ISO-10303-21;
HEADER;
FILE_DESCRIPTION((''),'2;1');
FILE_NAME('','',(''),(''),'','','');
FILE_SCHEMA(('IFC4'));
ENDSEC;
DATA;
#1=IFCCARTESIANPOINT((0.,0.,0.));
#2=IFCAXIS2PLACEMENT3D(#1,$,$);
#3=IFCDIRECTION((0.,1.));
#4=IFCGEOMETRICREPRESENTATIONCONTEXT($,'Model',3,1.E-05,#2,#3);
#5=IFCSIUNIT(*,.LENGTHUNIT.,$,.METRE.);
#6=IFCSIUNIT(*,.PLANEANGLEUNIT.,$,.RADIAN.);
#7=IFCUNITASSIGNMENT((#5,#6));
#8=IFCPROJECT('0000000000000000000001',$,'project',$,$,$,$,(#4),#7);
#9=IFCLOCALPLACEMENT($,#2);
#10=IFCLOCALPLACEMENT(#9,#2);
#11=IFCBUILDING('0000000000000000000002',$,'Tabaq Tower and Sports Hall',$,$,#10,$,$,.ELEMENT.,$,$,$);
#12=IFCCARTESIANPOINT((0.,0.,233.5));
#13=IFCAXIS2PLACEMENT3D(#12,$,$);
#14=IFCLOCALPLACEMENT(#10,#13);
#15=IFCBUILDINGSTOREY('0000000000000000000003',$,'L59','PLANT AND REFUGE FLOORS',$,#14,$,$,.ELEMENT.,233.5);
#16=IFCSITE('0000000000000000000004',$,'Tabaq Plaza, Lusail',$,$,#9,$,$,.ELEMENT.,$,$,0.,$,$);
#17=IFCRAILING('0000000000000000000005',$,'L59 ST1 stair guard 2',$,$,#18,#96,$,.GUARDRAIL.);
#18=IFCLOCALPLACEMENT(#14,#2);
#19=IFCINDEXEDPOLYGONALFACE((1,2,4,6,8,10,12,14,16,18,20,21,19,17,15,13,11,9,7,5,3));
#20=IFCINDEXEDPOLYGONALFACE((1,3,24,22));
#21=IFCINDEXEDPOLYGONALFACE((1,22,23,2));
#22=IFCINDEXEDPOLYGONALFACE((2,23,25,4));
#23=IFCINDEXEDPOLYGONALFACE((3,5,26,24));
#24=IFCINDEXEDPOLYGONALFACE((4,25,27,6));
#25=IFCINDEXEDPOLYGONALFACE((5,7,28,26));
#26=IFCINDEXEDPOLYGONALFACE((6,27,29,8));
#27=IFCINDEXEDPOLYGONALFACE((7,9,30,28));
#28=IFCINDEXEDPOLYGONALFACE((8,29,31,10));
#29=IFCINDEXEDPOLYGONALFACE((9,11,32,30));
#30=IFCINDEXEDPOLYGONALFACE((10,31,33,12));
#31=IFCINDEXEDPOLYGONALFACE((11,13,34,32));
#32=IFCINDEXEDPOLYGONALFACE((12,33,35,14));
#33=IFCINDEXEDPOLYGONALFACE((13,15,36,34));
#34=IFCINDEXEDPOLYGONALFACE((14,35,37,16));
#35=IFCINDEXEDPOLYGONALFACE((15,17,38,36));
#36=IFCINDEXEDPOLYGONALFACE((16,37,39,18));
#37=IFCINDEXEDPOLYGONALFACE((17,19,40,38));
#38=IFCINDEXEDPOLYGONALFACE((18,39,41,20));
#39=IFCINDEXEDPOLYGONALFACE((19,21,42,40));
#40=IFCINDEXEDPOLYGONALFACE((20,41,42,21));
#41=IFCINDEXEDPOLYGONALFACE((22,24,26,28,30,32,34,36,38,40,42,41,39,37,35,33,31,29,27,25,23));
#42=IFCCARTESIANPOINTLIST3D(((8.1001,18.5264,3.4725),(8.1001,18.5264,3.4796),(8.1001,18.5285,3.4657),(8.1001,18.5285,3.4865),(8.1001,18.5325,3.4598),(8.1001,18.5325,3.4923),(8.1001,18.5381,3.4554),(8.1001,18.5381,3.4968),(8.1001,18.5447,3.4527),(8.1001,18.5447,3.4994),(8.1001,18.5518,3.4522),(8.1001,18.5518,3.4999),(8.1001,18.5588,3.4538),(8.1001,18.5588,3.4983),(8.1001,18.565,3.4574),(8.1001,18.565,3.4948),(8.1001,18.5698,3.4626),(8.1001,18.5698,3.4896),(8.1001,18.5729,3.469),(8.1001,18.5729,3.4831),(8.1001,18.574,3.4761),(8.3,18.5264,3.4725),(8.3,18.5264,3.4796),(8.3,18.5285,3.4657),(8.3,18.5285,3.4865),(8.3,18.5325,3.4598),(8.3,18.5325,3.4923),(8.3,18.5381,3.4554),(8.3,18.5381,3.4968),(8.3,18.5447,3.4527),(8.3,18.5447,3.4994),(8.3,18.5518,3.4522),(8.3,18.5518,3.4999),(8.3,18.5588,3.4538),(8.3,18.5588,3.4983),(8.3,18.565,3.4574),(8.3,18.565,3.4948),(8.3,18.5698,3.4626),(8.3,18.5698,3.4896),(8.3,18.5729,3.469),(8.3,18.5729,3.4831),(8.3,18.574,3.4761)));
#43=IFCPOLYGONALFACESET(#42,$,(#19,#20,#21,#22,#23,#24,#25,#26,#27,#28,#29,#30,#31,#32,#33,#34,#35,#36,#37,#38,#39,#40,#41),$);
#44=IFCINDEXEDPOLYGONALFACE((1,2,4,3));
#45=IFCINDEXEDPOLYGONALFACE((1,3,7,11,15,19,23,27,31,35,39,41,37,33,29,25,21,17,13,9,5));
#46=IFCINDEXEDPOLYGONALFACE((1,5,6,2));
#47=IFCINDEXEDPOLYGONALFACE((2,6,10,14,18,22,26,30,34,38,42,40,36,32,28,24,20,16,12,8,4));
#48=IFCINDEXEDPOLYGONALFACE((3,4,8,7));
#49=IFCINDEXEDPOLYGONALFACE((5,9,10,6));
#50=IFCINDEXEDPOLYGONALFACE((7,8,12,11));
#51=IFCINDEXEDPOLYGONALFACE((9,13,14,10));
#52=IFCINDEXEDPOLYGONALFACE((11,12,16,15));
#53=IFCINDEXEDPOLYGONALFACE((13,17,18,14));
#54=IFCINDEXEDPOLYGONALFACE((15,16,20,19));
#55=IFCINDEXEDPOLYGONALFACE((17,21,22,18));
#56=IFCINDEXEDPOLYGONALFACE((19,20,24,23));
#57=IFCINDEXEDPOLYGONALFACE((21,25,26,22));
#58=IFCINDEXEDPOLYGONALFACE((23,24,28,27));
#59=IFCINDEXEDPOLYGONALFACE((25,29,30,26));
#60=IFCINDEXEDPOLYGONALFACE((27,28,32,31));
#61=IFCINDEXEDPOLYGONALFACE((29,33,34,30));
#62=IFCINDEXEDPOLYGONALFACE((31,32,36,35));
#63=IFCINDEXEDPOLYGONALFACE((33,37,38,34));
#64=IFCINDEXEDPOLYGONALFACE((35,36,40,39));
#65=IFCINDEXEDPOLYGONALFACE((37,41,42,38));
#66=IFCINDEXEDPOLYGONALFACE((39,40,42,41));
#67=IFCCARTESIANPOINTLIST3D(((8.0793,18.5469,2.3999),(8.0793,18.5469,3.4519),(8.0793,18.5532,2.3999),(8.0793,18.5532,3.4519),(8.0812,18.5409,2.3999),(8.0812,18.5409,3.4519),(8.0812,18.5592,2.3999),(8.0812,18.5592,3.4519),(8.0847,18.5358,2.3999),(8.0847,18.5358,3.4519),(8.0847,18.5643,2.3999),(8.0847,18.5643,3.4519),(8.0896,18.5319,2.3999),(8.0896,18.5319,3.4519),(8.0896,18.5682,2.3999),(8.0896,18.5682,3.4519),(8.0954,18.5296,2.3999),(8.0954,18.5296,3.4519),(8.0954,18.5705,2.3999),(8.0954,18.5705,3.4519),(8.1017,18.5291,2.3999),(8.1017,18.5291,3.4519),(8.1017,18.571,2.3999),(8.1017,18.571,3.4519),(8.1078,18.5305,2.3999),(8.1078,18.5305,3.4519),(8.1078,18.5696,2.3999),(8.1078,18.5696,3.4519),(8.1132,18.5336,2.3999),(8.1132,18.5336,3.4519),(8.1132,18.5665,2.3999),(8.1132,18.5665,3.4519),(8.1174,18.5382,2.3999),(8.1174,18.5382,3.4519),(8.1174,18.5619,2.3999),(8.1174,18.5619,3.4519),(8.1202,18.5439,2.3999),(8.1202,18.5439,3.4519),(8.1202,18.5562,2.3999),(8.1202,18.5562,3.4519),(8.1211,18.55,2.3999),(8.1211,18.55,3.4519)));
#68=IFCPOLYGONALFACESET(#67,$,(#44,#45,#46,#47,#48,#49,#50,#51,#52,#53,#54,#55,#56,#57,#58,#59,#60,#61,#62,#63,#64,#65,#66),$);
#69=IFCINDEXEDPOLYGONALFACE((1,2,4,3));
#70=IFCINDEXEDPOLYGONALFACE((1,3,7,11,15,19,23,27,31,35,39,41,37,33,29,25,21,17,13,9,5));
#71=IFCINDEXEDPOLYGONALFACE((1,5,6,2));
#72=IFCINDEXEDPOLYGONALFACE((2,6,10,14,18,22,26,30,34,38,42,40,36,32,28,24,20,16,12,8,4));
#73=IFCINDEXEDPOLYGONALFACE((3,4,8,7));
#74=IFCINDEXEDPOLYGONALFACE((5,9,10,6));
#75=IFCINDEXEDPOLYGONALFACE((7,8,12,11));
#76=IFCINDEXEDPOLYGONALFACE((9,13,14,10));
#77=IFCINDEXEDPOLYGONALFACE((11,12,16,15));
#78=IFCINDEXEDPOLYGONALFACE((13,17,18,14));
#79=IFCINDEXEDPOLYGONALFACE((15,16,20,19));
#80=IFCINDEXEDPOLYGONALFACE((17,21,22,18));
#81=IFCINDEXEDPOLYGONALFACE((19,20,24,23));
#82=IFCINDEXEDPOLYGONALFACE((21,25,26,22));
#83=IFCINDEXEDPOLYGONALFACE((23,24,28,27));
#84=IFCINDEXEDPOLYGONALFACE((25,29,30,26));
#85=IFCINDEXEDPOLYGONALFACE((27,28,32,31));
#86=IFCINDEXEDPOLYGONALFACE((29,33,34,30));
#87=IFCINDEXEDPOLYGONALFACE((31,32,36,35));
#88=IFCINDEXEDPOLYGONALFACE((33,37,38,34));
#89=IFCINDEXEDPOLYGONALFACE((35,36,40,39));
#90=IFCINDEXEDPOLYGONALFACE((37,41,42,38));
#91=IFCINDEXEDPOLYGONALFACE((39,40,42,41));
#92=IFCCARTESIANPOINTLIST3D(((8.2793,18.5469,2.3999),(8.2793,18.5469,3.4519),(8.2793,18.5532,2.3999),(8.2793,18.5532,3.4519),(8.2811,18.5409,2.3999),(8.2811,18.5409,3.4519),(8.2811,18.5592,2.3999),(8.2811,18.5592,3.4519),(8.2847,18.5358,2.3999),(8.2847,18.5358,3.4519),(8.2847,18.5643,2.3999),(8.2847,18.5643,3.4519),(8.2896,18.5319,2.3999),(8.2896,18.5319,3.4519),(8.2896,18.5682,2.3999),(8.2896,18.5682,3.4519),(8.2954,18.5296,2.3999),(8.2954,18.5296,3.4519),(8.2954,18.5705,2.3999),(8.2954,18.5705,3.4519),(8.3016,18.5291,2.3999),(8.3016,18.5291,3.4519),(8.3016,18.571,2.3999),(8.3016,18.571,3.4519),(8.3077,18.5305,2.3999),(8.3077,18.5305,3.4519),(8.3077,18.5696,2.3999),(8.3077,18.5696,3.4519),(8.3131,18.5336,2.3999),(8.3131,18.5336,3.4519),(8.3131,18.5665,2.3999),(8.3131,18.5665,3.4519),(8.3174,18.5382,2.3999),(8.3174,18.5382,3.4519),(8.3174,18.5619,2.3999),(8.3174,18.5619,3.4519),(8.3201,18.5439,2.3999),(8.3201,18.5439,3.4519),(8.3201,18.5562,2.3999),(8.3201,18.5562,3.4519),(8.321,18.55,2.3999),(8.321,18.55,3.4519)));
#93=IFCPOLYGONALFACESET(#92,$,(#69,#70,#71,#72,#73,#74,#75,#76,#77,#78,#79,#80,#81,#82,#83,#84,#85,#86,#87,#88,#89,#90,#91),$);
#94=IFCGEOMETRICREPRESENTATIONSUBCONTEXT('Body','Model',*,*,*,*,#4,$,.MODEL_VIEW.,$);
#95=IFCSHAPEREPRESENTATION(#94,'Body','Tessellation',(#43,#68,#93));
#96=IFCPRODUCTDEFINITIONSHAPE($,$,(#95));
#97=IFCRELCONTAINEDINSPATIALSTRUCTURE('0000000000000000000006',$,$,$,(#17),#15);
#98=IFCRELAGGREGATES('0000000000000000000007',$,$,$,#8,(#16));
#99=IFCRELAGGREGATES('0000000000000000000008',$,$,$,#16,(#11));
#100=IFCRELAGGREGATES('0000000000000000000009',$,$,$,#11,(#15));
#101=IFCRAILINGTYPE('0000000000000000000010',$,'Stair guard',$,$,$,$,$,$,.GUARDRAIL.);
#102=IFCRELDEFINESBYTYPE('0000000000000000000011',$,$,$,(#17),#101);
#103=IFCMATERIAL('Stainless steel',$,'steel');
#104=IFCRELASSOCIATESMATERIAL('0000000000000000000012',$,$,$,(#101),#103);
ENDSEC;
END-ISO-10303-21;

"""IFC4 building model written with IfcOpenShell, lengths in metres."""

from ifc_helpers import new_model, si_unit, direction, frame, origin, origin_2d, place, context, subcontext, project, spatial, circle, extrude, material, type_object, element, save


model = new_model("IFC4")

# Units and contexts
model_context = context("Model", 3, precision=1e-05, world=origin(), true_north=direction((0.0, 1.0)))
body_context = subcontext(model_context, "Body", "Model", "MODEL_VIEW")
ifc_project = project(units=[si_unit("LENGTHUNIT", "METRE"), si_unit("PLANEANGLEUNIT", "RADIAN")], contexts=[model_context])

# Site, building, storey
site_placement = place(None, origin())
site = spatial("IfcSite", under=ifc_project, at=site_placement, Name="Tabaq Plaza, Lusail", CompositionType="ELEMENT", RefElevation=0.0)
building_placement = place(site_placement, origin())
building = spatial("IfcBuilding", under=site, at=building_placement, Name="Tabaq Tower and Sports Hall", CompositionType="ELEMENT")
storey_placement = place(building_placement, frame((0.0, 0.0, 233.5)))
storey = spatial("IfcBuildingStorey", under=building, at=storey_placement, Name="L59", Description="PLANT AND REFUGE FLOORS", CompositionType="ELEMENT", Elevation=233.5)

# Railing
ifc_material_1 = material(Name="Stainless steel", Category="steel")
railing_type_1 = type_object("IfcRailingType", Name="Stair guard", PredefinedType="GUARDRAIL", material=ifc_material_1)
railing_1_placement = place(storey_placement, frame((8.1001, 18.55, 2.3999)))
element("IfcRailing", 1, at=railing_1_placement, inside=storey, type_object=railing_type_1, Name="L59 ST1 stair guard 2", PredefinedType="GUARDRAIL", context=body_context, shape_type="SweptSolid", body=[
    extrude(circle(Radius=0.0239, at=origin_2d()), frame((0.0, 0.0, 1.0762), z_axis=(1.0, 0.0, 0.0), x_axis=(0.0, 1.0, 0.0)), (0.0, 0.0, 1.0), 0.2),
    extrude(circle(Radius=0.021, at=origin_2d()), origin(), (0.0, 0.0, 1.0), 1.052),
    extrude(circle(Radius=0.021, at=origin_2d()), frame((0.2, 0.0, 0.0)), (0.0, 0.0, 1.0), 1.052),
])

save(model, "model.ifc")
